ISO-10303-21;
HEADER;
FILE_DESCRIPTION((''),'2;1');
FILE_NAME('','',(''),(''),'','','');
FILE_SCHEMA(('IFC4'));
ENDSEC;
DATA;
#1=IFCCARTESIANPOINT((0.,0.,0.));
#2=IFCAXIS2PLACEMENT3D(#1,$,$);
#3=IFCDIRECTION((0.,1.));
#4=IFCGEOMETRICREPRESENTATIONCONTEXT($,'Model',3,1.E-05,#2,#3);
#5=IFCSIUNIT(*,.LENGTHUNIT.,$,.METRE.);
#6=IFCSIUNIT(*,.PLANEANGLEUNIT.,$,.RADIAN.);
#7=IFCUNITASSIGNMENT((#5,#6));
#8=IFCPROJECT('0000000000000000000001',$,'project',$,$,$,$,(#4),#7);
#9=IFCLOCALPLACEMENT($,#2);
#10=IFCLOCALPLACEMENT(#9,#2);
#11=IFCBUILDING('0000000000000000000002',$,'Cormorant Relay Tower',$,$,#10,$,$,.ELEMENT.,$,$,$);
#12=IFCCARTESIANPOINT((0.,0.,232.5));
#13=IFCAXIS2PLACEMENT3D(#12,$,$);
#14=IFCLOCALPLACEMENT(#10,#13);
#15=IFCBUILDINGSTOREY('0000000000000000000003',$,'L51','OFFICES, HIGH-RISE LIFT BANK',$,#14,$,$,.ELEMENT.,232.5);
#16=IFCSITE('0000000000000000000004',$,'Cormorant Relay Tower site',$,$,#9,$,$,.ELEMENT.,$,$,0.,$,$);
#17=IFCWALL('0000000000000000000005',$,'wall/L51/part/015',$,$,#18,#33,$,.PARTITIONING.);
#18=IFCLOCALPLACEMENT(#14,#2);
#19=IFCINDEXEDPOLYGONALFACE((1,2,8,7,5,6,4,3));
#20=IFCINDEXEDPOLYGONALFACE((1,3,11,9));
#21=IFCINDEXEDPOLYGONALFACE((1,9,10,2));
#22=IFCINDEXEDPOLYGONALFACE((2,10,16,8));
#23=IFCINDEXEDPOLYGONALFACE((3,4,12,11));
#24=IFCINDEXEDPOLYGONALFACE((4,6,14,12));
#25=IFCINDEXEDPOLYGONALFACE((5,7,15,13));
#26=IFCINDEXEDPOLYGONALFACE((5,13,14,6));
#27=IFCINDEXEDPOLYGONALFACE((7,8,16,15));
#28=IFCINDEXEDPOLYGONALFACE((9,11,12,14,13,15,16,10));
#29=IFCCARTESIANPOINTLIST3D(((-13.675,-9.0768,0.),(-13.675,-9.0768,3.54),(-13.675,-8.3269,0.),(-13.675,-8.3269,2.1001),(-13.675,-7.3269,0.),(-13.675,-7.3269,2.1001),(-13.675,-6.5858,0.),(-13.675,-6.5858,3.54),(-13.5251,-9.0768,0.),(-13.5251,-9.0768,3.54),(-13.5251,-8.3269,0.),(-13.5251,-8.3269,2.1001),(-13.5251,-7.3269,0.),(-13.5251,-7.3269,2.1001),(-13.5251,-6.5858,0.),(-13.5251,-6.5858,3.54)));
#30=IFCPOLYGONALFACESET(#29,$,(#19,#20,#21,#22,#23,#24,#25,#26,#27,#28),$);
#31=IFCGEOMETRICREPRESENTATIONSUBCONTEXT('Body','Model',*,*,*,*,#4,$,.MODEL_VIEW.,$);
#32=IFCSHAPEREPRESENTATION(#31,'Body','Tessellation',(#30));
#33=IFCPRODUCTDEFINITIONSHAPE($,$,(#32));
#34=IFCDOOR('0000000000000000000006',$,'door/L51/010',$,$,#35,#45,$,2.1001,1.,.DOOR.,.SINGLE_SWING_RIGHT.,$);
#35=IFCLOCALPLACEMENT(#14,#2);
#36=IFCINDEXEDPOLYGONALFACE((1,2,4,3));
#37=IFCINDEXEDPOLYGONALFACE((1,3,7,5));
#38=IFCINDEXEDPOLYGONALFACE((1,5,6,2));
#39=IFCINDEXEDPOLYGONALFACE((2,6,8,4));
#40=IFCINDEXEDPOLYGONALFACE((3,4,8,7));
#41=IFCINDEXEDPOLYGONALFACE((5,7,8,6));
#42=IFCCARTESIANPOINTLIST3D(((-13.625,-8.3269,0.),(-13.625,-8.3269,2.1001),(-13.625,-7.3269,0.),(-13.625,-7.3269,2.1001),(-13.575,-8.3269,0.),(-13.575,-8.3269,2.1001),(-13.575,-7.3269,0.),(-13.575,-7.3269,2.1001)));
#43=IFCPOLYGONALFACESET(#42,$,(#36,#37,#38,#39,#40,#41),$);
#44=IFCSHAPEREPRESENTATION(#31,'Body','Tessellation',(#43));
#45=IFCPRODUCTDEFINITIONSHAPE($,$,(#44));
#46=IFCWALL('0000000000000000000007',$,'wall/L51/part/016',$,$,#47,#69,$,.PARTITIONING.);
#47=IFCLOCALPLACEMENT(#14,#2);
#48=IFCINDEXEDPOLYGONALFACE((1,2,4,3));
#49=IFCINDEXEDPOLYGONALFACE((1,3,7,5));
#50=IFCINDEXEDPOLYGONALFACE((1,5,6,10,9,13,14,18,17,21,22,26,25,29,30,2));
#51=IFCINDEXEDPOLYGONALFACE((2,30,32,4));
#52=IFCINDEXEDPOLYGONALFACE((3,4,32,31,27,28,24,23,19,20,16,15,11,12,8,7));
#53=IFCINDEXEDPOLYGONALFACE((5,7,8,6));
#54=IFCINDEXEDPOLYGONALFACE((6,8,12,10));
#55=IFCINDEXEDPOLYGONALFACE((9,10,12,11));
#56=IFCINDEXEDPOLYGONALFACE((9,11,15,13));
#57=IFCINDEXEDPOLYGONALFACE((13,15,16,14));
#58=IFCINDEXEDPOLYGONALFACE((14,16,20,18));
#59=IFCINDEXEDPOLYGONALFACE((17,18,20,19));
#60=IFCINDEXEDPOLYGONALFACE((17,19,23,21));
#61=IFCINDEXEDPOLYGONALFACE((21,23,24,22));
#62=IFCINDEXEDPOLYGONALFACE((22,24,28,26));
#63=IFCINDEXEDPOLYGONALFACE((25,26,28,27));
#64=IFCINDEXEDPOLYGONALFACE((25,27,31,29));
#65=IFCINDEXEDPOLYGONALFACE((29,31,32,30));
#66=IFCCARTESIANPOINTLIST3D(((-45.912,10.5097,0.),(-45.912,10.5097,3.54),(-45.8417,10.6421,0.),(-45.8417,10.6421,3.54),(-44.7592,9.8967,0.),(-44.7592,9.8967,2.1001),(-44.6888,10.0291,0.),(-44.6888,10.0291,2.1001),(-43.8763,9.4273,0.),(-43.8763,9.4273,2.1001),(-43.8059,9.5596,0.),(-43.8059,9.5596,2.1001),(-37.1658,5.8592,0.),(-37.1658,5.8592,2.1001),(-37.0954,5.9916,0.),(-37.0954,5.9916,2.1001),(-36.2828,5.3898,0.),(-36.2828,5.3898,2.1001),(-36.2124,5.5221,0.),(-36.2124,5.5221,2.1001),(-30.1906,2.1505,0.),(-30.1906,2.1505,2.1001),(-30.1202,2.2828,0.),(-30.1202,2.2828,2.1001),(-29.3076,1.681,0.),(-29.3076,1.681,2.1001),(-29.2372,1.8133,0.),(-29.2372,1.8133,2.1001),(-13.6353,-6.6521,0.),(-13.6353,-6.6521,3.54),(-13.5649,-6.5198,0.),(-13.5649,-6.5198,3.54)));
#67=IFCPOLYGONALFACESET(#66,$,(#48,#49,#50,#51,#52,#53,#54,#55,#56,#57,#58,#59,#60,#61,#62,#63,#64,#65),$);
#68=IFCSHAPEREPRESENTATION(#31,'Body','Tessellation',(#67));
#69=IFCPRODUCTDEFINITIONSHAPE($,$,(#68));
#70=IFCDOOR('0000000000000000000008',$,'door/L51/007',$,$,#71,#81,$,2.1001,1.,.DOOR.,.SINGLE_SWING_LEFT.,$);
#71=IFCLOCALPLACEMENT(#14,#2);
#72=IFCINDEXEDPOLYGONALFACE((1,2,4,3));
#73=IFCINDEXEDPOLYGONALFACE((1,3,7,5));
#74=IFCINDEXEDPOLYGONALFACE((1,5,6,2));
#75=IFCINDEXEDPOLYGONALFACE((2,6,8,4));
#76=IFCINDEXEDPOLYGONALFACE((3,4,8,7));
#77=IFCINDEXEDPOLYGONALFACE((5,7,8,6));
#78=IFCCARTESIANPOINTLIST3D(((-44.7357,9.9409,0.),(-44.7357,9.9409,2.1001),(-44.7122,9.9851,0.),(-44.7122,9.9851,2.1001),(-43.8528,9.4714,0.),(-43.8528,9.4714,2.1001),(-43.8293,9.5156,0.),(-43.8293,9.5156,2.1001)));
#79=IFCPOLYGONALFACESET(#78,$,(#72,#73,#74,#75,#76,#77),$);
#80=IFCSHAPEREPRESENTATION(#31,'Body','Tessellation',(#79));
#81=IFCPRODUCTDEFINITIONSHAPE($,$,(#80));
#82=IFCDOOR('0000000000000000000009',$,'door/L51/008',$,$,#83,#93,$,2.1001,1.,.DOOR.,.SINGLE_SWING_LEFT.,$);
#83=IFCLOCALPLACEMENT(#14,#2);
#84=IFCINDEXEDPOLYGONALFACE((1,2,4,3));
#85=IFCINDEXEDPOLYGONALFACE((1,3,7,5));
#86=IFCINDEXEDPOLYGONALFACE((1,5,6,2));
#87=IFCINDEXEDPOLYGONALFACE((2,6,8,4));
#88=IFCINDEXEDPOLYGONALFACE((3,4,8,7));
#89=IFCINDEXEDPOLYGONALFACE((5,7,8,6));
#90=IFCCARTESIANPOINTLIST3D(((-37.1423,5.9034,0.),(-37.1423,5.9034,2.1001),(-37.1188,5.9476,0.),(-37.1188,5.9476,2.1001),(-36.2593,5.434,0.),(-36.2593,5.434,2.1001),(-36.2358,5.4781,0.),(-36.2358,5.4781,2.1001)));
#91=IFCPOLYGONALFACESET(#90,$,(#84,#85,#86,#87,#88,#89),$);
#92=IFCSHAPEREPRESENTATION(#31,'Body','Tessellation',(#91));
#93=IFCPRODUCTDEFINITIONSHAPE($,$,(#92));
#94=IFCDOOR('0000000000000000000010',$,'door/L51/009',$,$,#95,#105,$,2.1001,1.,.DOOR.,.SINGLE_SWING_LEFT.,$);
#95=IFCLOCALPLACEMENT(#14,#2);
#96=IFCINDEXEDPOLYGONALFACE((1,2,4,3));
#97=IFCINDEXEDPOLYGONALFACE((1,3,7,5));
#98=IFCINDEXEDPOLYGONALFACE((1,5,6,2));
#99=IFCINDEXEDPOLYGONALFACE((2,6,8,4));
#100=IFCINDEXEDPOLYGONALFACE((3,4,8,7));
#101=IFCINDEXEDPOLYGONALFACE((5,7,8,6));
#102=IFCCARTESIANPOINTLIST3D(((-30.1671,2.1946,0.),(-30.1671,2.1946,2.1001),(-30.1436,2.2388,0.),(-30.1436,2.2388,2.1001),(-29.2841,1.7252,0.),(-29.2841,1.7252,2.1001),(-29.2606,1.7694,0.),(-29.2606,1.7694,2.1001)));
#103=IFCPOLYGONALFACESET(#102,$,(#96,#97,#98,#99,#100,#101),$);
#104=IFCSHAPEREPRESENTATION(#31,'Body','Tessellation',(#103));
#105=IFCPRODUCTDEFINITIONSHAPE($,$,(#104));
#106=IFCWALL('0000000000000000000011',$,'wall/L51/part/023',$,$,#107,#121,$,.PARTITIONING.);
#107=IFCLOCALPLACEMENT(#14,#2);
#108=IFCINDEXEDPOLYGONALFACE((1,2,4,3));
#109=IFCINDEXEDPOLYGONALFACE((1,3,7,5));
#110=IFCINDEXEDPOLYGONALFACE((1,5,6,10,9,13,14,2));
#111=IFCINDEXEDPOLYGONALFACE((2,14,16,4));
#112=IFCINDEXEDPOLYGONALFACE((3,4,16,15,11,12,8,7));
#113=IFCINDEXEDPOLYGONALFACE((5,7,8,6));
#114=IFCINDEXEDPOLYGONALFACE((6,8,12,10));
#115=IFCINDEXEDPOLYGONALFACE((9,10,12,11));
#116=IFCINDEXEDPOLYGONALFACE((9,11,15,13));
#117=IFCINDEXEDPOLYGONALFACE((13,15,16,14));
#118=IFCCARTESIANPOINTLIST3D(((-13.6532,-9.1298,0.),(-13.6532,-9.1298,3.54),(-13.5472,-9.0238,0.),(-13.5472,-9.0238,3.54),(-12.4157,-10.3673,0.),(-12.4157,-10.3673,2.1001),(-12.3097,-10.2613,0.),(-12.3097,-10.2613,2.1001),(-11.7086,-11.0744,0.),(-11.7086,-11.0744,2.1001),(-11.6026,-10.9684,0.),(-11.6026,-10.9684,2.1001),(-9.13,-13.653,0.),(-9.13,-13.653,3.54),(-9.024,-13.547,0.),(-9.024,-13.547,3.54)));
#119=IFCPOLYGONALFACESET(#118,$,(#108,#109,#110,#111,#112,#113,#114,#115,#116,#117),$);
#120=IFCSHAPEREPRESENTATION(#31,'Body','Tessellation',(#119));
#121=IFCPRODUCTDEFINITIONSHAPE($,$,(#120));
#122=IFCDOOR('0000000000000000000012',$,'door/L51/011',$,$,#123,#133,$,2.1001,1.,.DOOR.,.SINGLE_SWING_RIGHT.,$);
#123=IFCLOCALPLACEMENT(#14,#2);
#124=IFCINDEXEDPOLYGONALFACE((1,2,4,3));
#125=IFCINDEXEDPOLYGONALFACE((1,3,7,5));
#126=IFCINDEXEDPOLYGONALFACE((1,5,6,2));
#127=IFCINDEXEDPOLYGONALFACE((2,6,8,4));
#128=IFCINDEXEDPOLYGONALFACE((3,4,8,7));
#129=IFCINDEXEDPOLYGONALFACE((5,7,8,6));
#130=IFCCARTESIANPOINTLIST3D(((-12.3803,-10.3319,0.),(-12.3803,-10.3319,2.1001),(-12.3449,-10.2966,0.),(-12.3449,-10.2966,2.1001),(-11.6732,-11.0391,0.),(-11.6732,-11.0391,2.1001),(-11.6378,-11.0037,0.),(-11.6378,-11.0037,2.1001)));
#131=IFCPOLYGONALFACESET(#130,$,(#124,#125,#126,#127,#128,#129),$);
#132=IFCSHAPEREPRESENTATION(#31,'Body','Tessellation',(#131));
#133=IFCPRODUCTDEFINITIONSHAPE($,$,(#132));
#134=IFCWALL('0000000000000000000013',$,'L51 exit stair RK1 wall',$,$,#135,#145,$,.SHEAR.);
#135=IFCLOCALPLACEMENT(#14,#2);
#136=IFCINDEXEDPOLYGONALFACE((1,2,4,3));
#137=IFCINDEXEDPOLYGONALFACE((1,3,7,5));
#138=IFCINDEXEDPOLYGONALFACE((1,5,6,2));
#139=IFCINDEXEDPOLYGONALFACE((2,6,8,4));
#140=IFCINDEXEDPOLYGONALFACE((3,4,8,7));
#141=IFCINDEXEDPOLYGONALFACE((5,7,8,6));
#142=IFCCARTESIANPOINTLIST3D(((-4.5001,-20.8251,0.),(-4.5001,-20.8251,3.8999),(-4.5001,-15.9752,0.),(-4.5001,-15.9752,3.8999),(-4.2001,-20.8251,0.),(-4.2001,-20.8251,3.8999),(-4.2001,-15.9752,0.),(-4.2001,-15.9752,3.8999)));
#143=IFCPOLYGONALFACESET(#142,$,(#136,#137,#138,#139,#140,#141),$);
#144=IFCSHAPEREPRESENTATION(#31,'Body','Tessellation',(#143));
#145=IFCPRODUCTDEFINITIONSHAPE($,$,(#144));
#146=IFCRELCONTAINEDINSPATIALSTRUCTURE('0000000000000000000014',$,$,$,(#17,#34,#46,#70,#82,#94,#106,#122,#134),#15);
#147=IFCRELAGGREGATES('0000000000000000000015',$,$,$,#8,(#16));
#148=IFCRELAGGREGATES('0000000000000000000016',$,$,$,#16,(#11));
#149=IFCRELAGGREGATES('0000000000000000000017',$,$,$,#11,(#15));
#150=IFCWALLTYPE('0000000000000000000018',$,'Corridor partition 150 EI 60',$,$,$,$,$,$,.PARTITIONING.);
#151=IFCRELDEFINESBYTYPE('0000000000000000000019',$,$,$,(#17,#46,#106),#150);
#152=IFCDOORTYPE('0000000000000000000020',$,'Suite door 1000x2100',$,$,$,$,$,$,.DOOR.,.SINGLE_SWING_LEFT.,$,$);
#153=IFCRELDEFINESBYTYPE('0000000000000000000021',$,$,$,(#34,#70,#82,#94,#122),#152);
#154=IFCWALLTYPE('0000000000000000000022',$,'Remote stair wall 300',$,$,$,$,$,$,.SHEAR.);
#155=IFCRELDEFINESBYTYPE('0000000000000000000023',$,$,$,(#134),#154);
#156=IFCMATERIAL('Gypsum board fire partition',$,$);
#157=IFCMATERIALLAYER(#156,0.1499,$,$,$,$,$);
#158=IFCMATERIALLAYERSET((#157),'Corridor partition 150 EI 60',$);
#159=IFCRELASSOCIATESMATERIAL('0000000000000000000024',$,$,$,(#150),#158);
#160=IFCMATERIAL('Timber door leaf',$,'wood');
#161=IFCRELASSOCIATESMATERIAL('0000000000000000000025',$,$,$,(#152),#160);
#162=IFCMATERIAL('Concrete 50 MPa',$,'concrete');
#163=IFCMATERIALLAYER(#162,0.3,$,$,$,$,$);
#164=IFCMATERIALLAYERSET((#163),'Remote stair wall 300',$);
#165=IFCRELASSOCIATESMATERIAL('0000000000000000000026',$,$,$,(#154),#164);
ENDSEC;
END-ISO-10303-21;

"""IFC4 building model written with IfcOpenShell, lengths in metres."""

from ifc_helpers import new_model, si_unit, direction, frame, frame_2d, origin, place, context, subcontext, project, spatial, rectangle, extrude, material, layer, layer_set, type_object, element, fill, save


model = new_model("IFC4")

# Units and contexts
model_context = context("Model", 3, precision=1e-05, world=origin(), true_north=direction((0.0, 1.0)))
body_context = subcontext(model_context, "Body", "Model", "MODEL_VIEW")
ifc_project = project(units=[si_unit("LENGTHUNIT", "METRE"), si_unit("PLANEANGLEUNIT", "RADIAN")], contexts=[model_context])

# Site, building, storey
site_placement = place(None, origin())
site = spatial("IfcSite", under=ifc_project, at=site_placement, Name="Cormorant Relay Tower site", CompositionType="ELEMENT", RefElevation=0.0)
building_placement = place(site_placement, origin())
building = spatial("IfcBuilding", under=site, at=building_placement, Name="Cormorant Relay Tower", CompositionType="ELEMENT")
storey_placement = place(building_placement, frame((0.0, 0.0, 232.5)))
storey = spatial("IfcBuildingStorey", under=building, at=storey_placement, Name="L51", Description="OFFICES, HIGH-RISE LIFT BANK", CompositionType="ELEMENT", Elevation=232.5)

# Wall, opening, door
ifc_material_1 = material(Name="Gypsum board fire partition")
ifc_layer_1 = layer(ifc_material_1, 0.1499)
ifc_layer_set_1 = layer_set([ifc_layer_1], Name="Corridor partition 150 EI 60")
wall_type_1 = type_object("IfcWallType", Name="Corridor partition 150 EI 60", PredefinedType="PARTITIONING", material=ifc_layer_set_1)
wall_1_placement = place(storey_placement, frame((-13.6001, -9.0769, 0.0), z_axis=(0.0, 0.0, 1.0), x_axis=(0.0, 1.0, 0.0)))
wall_1 = element("IfcWall", 1, at=wall_1_placement, inside=storey, type_object=wall_type_1, Name="wall/L51/part/015", PredefinedType="PARTITIONING", context=body_context, shape_type="SweptSolid", body=[
    extrude(rectangle(XDim=2.491, YDim=0.1499, at=frame_2d((1.2456, 0.0))), origin(), (0.0, 0.0, 1.0), 3.54),
])
opening_1_placement = place(wall_1_placement, frame((0.75, 0.0, 0.0)))
opening_1 = element("IfcOpeningElement", 2, at=opening_1_placement, cuts=wall_1, PredefinedType="OPENING", context=body_context, shape_type="SweptSolid", body=[
    extrude(rectangle(XDim=1.0, YDim=2.1001, at=frame_2d((0.5, 1.05))), frame((0.0, 0.085, 0.0), z_axis=(0.0, -1.0, 0.0), x_axis=(1.0, 0.0, 0.0)), (0.0, 0.0, 1.0), 0.1699),
])
ifc_material_2 = material(Name="Timber door leaf", Category="wood")
door_type_1 = type_object("IfcDoorType", Name="Suite door 1000x2100", OperationType="SINGLE_SWING_LEFT", PredefinedType="DOOR", material=ifc_material_2)
door_1_placement = place(opening_1_placement, origin())
door_1 = element("IfcDoor", 3, at=door_1_placement, inside=storey, type_object=door_type_1, Name="door/L51/010", OperationType="SINGLE_SWING_RIGHT", OverallHeight=2.1001, OverallWidth=1.0, PredefinedType="DOOR", context=body_context, shape_type="SweptSolid", body=[
    extrude(rectangle(XDim=1.0, YDim=2.1001, at=frame_2d((0.5, 1.05))), frame((0.0, 0.0249, 0.0), z_axis=(0.0, -1.0, 0.0), x_axis=(1.0, 0.0, 0.0)), (0.0, 0.0, 1.0), 0.05),
])
fill(opening_1, door_1)

# Wall, openings, doors
wall_2_placement = place(storey_placement, frame((-13.6001, -6.5859, 0.0), z_axis=(0.0, 0.0, 1.0), x_axis=(-0.882948, 0.469471, 0.0)))
wall_2 = element("IfcWall", 4, at=wall_2_placement, inside=storey, type_object=wall_type_1, Name="wall/L51/part/016", PredefinedType="PARTITIONING", context=body_context, shape_type="SweptSolid", body=[
    extrude(rectangle(XDim=36.5557, YDim=0.1499, at=frame_2d((18.2778, 0.0))), origin(), (0.0, 0.0, 1.0), 3.54),
])
opening_2_placement = place(wall_2_placement, frame((34.25, 0.0, 0.0)))
opening_2 = element("IfcOpeningElement", 5, at=opening_2_placement, cuts=wall_2, PredefinedType="OPENING", context=body_context, shape_type="SweptSolid", body=[
    extrude(rectangle(XDim=1.0, YDim=2.1001, at=frame_2d((0.5, 1.05))), frame((0.0, 0.085, 0.0), z_axis=(0.0, -1.0, 0.0), x_axis=(1.0, 0.0, 0.0)), (0.0, 0.0, 1.0), 0.1699),
])
opening_3_placement = place(wall_2_placement, frame((25.6499, 0.0, 0.0)))
opening_3 = element("IfcOpeningElement", 6, at=opening_3_placement, cuts=wall_2, PredefinedType="OPENING", context=body_context, shape_type="SweptSolid", body=[
    extrude(rectangle(XDim=1.0, YDim=2.1001, at=frame_2d((0.5, 1.05))), frame((0.0, 0.085, 0.0), z_axis=(0.0, -1.0, 0.0), x_axis=(1.0, 0.0, 0.0)), (0.0, 0.0, 1.0), 0.1699),
])
opening_4_placement = place(wall_2_placement, frame((17.75, 0.0, 0.0)))
opening_4 = element("IfcOpeningElement", 7, at=opening_4_placement, cuts=wall_2, PredefinedType="OPENING", context=body_context, shape_type="SweptSolid", body=[
    extrude(rectangle(XDim=1.0, YDim=2.1001, at=frame_2d((0.5, 1.05))), frame((0.0, 0.085, 0.0), z_axis=(0.0, -1.0, 0.0), x_axis=(1.0, 0.0, 0.0)), (0.0, 0.0, 1.0), 0.1699),
])
door_2_placement = place(opening_2_placement, origin())
door_2 = element("IfcDoor", 8, at=door_2_placement, inside=storey, type_object=door_type_1, Name="door/L51/007", OperationType="SINGLE_SWING_LEFT", OverallHeight=2.1001, OverallWidth=1.0, PredefinedType="DOOR", context=body_context, shape_type="SweptSolid", body=[
    extrude(rectangle(XDim=1.0, YDim=2.1001, at=frame_2d((0.5, 1.05))), frame((0.0, 0.0249, 0.0), z_axis=(0.0, -1.0, 0.0), x_axis=(1.0, 0.0, 0.0)), (0.0, 0.0, 1.0), 0.05),
])
fill(opening_2, door_2)
door_3_placement = place(opening_3_placement, origin())
door_3 = element("IfcDoor", 9, at=door_3_placement, inside=storey, type_object=door_type_1, Name="door/L51/008", OperationType="SINGLE_SWING_LEFT", OverallHeight=2.1001, OverallWidth=1.0, PredefinedType="DOOR", context=body_context, shape_type="SweptSolid", body=[
    extrude(rectangle(XDim=1.0, YDim=2.1001, at=frame_2d((0.5, 1.05))), frame((0.0, 0.0249, 0.0), z_axis=(0.0, -1.0, 0.0), x_axis=(1.0, 0.0, 0.0)), (0.0, 0.0, 1.0), 0.05),
])
fill(opening_3, door_3)
door_4_placement = place(opening_4_placement, origin())
door_4 = element("IfcDoor", 10, at=door_4_placement, inside=storey, type_object=door_type_1, Name="door/L51/009", OperationType="SINGLE_SWING_LEFT", OverallHeight=2.1001, OverallWidth=1.0, PredefinedType="DOOR", context=body_context, shape_type="SweptSolid", body=[
    extrude(rectangle(XDim=1.0, YDim=2.1001, at=frame_2d((0.5, 1.05))), frame((0.0, 0.0249, 0.0), z_axis=(0.0, -1.0, 0.0), x_axis=(1.0, 0.0, 0.0)), (0.0, 0.0, 1.0), 0.05),
])
fill(opening_4, door_4)

# Wall, opening, door
wall_3_placement = place(storey_placement, frame((-13.6001, -9.0769, 0.0), z_axis=(0.0, 0.0, 1.0), x_axis=(0.707107, -0.707107, 0.0)))
wall_3 = element("IfcWall", 11, at=wall_3_placement, inside=storey, type_object=wall_type_1, Name="wall/L51/part/023", PredefinedType="PARTITIONING", context=body_context, shape_type="SweptSolid", body=[
    extrude(rectangle(XDim=6.3967, YDim=0.1499, at=frame_2d((3.1982, 0.0))), origin(), (0.0, 0.0, 1.0), 3.54),
])
opening_5_placement = place(wall_3_placement, frame((1.75, 0.0, 0.0)))
opening_5 = element("IfcOpeningElement", 12, at=opening_5_placement, cuts=wall_3, PredefinedType="OPENING", context=body_context, shape_type="SweptSolid", body=[
    extrude(rectangle(XDim=1.0, YDim=2.1001, at=frame_2d((0.5, 1.05))), frame((0.0, 0.085, 0.0), z_axis=(0.0, -1.0, 0.0), x_axis=(1.0, 0.0, 0.0)), (0.0, 0.0, 1.0), 0.1699),
])
door_5_placement = place(opening_5_placement, frame((1.0, 0.0, 0.0), z_axis=(0.0, 0.0, 1.0), x_axis=(-1.0, 0.0, 0.0)))
door_5 = element("IfcDoor", 13, at=door_5_placement, inside=storey, type_object=door_type_1, Name="door/L51/011", OperationType="SINGLE_SWING_RIGHT", OverallHeight=2.1001, OverallWidth=1.0, PredefinedType="DOOR", context=body_context, shape_type="SweptSolid", body=[
    extrude(rectangle(XDim=1.0, YDim=2.1001, at=frame_2d((0.5, 1.05))), frame((0.0, 0.0249, 0.0), z_axis=(0.0, -1.0, 0.0), x_axis=(1.0, 0.0, 0.0)), (0.0, 0.0, 1.0), 0.05),
])
fill(opening_5, door_5)

# Wall
ifc_material_3 = material(Name="Concrete 50 MPa", Category="concrete")
ifc_layer_2 = layer(ifc_material_3, 0.3)
ifc_layer_set_2 = layer_set([ifc_layer_2], Name="Remote stair wall 300")
wall_type_2 = type_object("IfcWallType", Name="Remote stair wall 300", PredefinedType="SHEAR", material=ifc_layer_set_2)
wall_4_placement = place(storey_placement, frame((-4.3501, -20.825, 0.0), z_axis=(0.0, 0.0, 1.0), x_axis=(0.0, 1.0, 0.0)))
element("IfcWall", 14, at=wall_4_placement, inside=storey, type_object=wall_type_2, Name="L51 exit stair RK1 wall", PredefinedType="SHEAR", context=body_context, shape_type="SweptSolid", body=[
    extrude(rectangle(XDim=4.8499, YDim=0.3, at=frame_2d((2.4248, 0.0))), origin(), (0.0, 0.0, 1.0), 3.8999),
])

save(model, "model.ifc")
